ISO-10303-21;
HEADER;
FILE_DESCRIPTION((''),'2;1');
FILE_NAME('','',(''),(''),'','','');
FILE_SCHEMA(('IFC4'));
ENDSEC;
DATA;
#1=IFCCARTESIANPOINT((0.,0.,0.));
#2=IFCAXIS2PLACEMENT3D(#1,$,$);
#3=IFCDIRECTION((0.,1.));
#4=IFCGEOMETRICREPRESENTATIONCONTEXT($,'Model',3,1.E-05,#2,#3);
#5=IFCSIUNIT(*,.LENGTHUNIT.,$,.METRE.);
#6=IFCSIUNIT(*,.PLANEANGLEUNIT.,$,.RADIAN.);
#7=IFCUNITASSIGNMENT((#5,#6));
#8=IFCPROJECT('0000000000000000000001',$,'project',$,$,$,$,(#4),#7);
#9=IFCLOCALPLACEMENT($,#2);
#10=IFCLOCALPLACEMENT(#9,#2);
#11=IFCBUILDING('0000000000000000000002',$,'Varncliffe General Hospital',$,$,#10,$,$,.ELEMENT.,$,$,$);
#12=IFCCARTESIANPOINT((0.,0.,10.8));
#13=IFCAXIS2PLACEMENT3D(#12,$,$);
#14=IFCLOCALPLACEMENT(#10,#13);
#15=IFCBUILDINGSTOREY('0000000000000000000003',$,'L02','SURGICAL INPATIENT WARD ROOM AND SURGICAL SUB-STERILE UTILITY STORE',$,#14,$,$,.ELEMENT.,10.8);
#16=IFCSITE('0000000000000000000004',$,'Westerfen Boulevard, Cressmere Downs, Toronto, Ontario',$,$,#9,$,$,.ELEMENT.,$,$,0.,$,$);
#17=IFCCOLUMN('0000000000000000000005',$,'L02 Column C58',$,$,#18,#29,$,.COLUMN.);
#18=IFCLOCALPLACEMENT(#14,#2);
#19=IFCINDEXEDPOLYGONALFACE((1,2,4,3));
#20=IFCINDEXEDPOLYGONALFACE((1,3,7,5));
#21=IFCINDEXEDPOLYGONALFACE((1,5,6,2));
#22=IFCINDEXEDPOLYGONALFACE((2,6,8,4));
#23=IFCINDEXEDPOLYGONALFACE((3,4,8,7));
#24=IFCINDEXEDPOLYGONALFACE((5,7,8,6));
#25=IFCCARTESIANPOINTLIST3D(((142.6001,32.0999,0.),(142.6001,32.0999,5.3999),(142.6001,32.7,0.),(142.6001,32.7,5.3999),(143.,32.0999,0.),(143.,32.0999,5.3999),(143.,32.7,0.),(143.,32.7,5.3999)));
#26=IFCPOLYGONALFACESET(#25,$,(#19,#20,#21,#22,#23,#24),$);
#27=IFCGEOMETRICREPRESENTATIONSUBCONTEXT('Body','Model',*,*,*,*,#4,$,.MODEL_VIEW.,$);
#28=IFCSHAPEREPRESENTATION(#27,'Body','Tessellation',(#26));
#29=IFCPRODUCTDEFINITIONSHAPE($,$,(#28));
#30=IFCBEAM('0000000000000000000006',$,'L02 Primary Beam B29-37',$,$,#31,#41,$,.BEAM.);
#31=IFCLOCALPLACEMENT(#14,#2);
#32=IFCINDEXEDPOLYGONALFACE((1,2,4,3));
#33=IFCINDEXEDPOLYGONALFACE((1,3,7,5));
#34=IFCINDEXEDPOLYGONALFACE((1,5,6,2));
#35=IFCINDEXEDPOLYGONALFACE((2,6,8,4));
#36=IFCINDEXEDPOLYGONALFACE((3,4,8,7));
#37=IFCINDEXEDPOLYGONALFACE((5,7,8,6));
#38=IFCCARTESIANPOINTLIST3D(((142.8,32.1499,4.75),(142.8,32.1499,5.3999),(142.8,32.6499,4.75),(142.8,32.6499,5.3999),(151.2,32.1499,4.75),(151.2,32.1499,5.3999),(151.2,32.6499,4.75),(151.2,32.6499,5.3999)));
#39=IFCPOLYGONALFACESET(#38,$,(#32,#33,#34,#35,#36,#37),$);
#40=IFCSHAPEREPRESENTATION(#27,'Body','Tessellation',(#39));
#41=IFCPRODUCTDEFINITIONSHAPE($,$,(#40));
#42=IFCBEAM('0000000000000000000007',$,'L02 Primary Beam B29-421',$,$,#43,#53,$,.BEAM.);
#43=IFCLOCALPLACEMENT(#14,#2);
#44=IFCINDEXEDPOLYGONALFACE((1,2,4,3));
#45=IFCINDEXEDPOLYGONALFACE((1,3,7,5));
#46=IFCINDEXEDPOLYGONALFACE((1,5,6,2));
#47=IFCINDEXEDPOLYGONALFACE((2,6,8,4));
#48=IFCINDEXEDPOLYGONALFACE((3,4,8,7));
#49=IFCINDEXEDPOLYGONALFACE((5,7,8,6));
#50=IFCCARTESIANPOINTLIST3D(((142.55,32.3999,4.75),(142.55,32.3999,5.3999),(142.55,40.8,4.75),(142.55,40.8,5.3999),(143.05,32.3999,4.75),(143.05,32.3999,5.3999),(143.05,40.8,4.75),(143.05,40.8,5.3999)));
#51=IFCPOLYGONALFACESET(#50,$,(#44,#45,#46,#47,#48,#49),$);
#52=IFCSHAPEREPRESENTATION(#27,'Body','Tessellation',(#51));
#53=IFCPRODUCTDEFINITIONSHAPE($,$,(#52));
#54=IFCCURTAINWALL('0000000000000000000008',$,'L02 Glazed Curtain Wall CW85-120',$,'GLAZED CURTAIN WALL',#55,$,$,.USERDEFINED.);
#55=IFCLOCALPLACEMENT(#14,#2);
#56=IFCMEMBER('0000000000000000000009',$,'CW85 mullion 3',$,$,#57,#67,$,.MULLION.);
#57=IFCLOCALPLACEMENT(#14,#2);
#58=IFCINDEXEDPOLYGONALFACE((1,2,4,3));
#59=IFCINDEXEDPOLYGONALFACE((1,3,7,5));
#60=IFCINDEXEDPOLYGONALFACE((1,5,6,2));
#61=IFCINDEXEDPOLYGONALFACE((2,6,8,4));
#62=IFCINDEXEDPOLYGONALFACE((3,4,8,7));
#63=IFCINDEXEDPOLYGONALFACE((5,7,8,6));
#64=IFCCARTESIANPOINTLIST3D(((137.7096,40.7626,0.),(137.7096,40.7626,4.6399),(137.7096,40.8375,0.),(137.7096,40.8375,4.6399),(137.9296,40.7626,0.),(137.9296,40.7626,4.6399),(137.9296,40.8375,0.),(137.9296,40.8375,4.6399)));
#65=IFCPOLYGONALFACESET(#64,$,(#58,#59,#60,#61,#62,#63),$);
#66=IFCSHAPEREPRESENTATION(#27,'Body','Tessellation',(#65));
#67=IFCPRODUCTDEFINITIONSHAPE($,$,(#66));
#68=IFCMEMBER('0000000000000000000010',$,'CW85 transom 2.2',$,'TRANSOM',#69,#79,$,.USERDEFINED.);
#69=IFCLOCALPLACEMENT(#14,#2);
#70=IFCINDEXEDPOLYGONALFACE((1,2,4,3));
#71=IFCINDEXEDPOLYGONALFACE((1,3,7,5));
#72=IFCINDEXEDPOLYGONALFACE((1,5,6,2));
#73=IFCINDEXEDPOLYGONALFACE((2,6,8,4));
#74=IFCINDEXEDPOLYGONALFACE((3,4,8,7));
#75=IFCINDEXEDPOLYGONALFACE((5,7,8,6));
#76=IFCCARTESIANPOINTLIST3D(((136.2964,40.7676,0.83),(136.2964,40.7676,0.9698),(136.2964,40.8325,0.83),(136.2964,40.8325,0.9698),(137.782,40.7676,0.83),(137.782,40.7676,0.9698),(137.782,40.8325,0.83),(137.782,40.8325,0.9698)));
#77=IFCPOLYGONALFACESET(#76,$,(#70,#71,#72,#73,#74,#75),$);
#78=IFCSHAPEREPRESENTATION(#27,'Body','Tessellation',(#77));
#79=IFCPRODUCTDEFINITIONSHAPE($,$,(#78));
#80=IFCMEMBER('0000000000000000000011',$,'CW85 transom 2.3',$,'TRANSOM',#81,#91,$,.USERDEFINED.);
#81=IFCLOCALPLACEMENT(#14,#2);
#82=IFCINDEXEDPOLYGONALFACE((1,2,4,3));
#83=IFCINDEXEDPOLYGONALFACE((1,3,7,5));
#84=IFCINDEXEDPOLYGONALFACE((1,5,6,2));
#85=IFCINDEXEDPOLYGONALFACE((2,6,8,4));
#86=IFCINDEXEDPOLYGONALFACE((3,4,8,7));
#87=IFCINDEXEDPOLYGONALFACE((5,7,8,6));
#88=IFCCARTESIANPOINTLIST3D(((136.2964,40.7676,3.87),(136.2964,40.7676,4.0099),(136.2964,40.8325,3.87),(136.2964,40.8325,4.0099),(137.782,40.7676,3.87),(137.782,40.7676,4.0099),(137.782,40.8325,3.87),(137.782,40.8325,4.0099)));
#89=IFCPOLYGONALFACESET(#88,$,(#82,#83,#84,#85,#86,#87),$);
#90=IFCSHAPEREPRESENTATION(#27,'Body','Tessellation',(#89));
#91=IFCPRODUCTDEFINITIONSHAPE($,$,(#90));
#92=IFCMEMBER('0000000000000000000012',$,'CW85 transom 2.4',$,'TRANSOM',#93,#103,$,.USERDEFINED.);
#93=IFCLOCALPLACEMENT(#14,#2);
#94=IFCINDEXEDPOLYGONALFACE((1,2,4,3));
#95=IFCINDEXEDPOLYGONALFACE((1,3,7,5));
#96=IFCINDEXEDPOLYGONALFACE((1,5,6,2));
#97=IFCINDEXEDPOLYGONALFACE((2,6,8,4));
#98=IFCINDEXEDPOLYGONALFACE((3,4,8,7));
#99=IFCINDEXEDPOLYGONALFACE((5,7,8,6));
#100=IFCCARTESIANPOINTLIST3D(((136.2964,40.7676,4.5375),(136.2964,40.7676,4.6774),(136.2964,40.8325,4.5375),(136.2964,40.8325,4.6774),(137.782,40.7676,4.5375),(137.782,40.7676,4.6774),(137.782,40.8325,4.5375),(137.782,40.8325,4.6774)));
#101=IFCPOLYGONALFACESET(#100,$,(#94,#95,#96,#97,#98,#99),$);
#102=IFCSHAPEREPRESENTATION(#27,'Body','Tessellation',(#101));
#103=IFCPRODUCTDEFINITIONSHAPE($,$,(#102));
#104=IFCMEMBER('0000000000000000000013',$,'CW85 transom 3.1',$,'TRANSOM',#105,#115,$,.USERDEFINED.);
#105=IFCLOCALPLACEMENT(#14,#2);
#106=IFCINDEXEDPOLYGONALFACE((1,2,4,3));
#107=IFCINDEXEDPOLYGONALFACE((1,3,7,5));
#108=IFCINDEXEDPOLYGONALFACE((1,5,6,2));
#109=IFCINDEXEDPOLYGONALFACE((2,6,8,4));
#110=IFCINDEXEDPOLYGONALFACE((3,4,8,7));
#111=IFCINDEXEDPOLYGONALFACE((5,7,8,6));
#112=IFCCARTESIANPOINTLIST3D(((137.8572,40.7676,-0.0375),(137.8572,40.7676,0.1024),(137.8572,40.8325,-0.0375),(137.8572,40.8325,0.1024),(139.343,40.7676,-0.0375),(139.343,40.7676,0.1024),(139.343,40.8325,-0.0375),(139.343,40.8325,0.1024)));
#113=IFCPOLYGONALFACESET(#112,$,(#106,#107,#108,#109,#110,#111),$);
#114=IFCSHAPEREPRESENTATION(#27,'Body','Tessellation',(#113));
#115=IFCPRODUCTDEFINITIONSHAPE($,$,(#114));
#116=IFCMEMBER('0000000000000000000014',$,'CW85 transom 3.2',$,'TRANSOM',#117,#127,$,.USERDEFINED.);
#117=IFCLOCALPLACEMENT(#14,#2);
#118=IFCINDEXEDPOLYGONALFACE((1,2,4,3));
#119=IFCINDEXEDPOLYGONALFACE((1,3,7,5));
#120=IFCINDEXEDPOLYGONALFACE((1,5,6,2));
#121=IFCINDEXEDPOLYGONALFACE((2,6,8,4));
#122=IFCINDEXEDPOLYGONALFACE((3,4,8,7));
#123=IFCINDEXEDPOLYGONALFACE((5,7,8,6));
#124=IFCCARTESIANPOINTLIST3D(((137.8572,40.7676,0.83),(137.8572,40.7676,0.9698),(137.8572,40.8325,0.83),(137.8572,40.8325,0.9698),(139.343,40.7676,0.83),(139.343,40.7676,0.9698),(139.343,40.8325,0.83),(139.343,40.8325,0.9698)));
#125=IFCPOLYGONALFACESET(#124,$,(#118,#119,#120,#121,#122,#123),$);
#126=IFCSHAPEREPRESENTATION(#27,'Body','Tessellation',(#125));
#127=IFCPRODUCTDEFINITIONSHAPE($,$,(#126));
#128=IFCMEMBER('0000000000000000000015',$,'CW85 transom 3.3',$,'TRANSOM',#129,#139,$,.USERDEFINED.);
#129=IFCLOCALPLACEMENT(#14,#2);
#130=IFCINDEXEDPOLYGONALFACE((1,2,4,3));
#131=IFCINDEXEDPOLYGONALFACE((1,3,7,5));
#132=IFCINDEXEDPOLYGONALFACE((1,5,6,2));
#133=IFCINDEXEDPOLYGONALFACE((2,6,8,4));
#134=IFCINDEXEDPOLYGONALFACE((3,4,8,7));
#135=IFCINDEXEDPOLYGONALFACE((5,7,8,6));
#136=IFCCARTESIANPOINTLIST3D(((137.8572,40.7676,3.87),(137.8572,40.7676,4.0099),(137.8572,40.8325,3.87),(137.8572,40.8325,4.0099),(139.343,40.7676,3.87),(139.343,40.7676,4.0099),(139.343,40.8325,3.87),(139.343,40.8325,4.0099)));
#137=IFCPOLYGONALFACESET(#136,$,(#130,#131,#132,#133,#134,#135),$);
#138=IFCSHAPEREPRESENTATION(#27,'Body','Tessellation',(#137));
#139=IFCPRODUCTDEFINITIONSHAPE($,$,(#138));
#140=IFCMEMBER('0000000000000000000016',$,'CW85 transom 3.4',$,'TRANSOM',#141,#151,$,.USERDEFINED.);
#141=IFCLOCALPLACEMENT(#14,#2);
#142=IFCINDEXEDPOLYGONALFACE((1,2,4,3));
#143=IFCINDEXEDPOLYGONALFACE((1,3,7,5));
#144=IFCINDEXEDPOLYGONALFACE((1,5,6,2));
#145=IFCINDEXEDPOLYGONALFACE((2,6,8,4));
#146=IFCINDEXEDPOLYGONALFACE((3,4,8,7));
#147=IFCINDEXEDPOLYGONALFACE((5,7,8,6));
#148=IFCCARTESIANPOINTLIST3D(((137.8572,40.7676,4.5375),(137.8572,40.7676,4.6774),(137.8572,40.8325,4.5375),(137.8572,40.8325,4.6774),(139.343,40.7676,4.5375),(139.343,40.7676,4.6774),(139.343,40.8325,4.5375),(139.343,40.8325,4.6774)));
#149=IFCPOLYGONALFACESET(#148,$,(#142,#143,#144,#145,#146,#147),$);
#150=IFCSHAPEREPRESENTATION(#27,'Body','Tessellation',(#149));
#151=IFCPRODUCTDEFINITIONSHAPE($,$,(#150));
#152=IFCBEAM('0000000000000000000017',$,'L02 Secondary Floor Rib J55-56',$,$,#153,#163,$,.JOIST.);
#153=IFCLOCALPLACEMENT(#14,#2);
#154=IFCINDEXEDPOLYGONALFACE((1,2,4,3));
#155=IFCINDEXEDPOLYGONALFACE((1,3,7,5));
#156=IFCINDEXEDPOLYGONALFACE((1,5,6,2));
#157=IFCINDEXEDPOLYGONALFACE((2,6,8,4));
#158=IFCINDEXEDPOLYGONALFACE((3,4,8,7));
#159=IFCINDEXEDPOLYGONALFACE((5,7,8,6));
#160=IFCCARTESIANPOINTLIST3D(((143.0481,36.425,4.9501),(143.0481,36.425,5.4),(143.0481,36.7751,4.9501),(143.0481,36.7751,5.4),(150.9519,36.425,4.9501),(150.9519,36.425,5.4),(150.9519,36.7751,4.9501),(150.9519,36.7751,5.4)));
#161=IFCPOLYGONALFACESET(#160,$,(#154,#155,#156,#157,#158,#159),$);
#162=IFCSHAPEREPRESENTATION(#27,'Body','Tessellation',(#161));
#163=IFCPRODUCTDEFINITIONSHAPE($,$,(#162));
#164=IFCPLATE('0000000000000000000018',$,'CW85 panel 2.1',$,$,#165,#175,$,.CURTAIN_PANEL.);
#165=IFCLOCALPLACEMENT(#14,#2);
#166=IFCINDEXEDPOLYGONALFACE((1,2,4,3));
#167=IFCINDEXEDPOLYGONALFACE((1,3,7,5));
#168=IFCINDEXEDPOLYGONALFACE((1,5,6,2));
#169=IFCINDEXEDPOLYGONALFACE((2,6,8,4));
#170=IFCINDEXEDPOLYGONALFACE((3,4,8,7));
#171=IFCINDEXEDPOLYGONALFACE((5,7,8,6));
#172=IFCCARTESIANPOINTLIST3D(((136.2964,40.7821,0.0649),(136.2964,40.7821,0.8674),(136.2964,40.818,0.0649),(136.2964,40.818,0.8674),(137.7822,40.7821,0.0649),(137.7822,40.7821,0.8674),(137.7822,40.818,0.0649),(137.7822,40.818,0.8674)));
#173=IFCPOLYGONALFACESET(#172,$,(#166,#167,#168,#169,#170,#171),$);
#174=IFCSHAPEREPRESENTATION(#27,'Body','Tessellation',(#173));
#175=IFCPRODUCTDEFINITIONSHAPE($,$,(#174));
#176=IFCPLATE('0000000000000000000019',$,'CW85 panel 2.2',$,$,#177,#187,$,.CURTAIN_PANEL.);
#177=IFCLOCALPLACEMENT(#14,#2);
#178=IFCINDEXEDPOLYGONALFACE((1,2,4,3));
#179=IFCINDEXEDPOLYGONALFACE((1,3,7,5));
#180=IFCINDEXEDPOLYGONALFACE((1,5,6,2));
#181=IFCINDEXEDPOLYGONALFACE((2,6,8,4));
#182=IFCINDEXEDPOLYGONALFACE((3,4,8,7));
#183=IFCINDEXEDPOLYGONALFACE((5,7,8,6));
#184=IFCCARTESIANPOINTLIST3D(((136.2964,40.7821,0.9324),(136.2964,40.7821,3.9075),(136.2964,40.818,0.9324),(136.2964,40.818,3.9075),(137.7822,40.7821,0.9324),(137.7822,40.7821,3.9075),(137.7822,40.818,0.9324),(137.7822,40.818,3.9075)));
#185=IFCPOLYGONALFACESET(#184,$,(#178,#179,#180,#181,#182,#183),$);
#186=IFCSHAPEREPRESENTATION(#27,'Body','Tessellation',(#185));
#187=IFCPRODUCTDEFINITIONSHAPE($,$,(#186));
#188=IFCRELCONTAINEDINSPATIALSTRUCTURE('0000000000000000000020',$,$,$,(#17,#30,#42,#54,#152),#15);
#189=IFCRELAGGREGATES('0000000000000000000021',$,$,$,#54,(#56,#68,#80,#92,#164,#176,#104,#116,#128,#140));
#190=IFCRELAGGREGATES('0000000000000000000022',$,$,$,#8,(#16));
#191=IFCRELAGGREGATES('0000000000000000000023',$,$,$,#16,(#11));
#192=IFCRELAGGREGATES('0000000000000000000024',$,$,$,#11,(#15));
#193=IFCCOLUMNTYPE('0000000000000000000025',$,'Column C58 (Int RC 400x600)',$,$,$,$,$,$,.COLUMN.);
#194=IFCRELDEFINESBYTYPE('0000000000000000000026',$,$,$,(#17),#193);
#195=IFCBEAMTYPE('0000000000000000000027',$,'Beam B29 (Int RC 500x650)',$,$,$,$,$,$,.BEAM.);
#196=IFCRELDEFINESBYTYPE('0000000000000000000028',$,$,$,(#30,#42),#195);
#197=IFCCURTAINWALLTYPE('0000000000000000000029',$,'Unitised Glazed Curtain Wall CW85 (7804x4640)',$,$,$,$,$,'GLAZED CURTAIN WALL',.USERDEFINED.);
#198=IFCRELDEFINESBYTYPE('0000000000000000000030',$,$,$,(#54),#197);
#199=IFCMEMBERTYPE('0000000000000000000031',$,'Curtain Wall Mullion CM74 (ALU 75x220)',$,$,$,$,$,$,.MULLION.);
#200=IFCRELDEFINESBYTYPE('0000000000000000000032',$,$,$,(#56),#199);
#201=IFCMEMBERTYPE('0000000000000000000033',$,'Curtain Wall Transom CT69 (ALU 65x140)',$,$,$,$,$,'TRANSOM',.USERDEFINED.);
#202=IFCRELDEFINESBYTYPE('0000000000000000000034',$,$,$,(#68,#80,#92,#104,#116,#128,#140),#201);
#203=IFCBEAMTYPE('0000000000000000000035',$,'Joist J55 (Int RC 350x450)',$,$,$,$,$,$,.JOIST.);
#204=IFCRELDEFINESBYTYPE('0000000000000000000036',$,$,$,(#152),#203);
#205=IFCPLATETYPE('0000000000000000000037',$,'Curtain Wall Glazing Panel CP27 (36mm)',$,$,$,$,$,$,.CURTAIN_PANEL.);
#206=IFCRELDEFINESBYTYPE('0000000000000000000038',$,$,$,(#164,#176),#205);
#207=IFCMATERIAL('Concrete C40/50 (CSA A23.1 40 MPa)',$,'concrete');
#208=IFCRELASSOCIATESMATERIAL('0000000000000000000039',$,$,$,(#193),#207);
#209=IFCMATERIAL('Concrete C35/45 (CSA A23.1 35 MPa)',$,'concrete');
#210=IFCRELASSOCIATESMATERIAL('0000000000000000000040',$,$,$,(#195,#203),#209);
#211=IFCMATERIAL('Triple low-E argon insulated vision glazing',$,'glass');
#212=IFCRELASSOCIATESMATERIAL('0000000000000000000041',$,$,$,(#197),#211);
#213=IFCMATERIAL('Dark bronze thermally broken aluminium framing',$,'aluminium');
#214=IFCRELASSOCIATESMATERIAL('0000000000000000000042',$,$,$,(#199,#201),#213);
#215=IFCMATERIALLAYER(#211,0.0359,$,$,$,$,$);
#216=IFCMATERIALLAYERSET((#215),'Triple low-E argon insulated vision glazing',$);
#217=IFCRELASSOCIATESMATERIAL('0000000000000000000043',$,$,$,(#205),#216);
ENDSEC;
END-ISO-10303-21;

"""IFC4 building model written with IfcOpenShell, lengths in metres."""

from ifc_helpers import new_model, si_unit, direction, frame, origin, origin_2d, place, context, subcontext, project, spatial, rectangle, extrude, material, layer, layer_set, material_profile, profile_set, type_object, element, aggregate, save


model = new_model("IFC4")

# Units and contexts
model_context = context("Model", 3, precision=1e-05, world=origin(), true_north=direction((0.0, 1.0)))
body_context = subcontext(model_context, "Body", "Model", "MODEL_VIEW")
ifc_project = project(units=[si_unit("LENGTHUNIT", "METRE"), si_unit("PLANEANGLEUNIT", "RADIAN")], contexts=[model_context])

# Site, building, storey
site_placement = place(None, origin())
site = spatial("IfcSite", under=ifc_project, at=site_placement, Name="Westerfen Boulevard, Cressmere Downs, Toronto, Ontario", CompositionType="ELEMENT", RefElevation=0.0)
building_placement = place(site_placement, origin())
building = spatial("IfcBuilding", under=site, at=building_placement, Name="Varncliffe General Hospital", CompositionType="ELEMENT")
storey_placement = place(building_placement, frame((0.0, 0.0, 10.8)))
storey = spatial("IfcBuildingStorey", under=building, at=storey_placement, Name="L02", Description="SURGICAL INPATIENT WARD ROOM AND SURGICAL SUB-STERILE UTILITY STORE", CompositionType="ELEMENT", Elevation=10.8)

# Column
ifc_material_1 = material(Name="Concrete C40/50 (CSA A23.1 40 MPa)", Category="concrete")
ifc_material_profile_1 = material_profile(ifc_material_1, rectangle(XDim=0.3999, YDim=0.6001, at=origin_2d()), Name="RC 400x600")
ifc_profile_set_1 = profile_set([ifc_material_profile_1], Name="Concrete C40/50 (CSA A23.1 40 MPa)")
column_type = type_object("IfcColumnType", Name="Column C58 (Int RC 400x600)", PredefinedType="COLUMN", material=ifc_profile_set_1)
column_placement = place(storey_placement, frame((142.8, 32.3999, 0.0), z_axis=(0.0, 0.0, 1.0), x_axis=(1.0, 0.0, 0.0)))
element("IfcColumn", 1, at=column_placement, inside=storey, type_object=column_type, Name="L02 Column C58", PredefinedType="COLUMN", context=body_context, shape_type="SweptSolid", body=[
    extrude(rectangle(XDim=0.3999, YDim=0.6001, at=origin_2d()), origin(), (0.0, 0.0, 1.0), 5.3999),
])

# Beams
ifc_material_2 = material(Name="Concrete C35/45 (CSA A23.1 35 MPa)", Category="concrete")
ifc_material_profile_2 = material_profile(ifc_material_2, rectangle(XDim=0.5, YDim=0.6499, at=origin_2d()), Name="RC 500x650")
ifc_profile_set_2 = profile_set([ifc_material_profile_2], Name="Concrete C35/45 (CSA A23.1 35 MPa)")
beam_type_1 = type_object("IfcBeamType", Name="Beam B29 (Int RC 500x650)", PredefinedType="BEAM", material=ifc_profile_set_2)
beam_1_placement = place(storey_placement, frame((142.8, 32.3999, 5.075), z_axis=(1.0, 0.0, 0.0), x_axis=(0.0, 1.0, 0.0)))
element("IfcBeam", 2, at=beam_1_placement, inside=storey, type_object=beam_type_1, Name="L02 Primary Beam B29-37", PredefinedType="BEAM", context=body_context, shape_type="SweptSolid", body=[
    extrude(rectangle(XDim=0.5, YDim=0.6499, at=origin_2d()), origin(), (0.0, 0.0, 1.0), 8.3999),
])
beam_2_placement = place(storey_placement, frame((142.8, 32.3999, 5.075), z_axis=(0.0, 1.0, 0.0), x_axis=(-1.0, 0.0, 0.0)))
element("IfcBeam", 3, at=beam_2_placement, inside=storey, type_object=beam_type_1, Name="L02 Primary Beam B29-421", PredefinedType="BEAM", context=body_context, shape_type="SweptSolid", body=[
    extrude(rectangle(XDim=0.5, YDim=0.6499, at=origin_2d()), origin(), (0.0, 0.0, 1.0), 8.4001),
])

# Curtain wall, members
ifc_material_3 = material(Name="Triple low-E argon insulated vision glazing", Category="glass")
curtain_wall_type = type_object("IfcCurtainWallType", Name="Unitised Glazed Curtain Wall CW85 (7804x4640)", ElementType="GLAZED CURTAIN WALL", PredefinedType="USERDEFINED", material=ifc_material_3)
curtain_wall_placement = place(storey_placement, origin())
curtain_wall = element("IfcCurtainWall", 4, at=curtain_wall_placement, inside=storey, type_object=curtain_wall_type, Name="L02 Glazed Curtain Wall CW85-120", ObjectType="GLAZED CURTAIN WALL", PredefinedType="USERDEFINED")
ifc_material_4 = material(Name="Dark bronze thermally broken aluminium framing", Category="aluminium")
ifc_material_profile_3 = material_profile(ifc_material_4, rectangle(XDim=0.075, YDim=0.22, at=origin_2d()), Name="ALU 75x220")
ifc_profile_set_3 = profile_set([ifc_material_profile_3], Name="Dark bronze thermally broken aluminium framing")
member_type_1 = type_object("IfcMemberType", Name="Curtain Wall Mullion CM74 (ALU 75x220)", PredefinedType="MULLION", material=ifc_profile_set_3)
member_1_placement = place(storey_placement, frame((137.8196, 40.8, 0.0), z_axis=(0.0, 0.0, 1.0), x_axis=(0.0, 1.0, 0.0)))
member_1 = element("IfcMember", 5, at=member_1_placement, type_object=member_type_1, Name="CW85 mullion 3", PredefinedType="MULLION", context=body_context, shape_type="SweptSolid", body=[
    extrude(rectangle(XDim=0.075, YDim=0.22, at=origin_2d()), origin(), (0.0, 0.0, 1.0), 4.6399),
])
ifc_material_profile_4 = material_profile(ifc_material_4, rectangle(XDim=0.0649, YDim=0.1399, at=origin_2d()), Name="ALU 65x140")
ifc_profile_set_4 = profile_set([ifc_material_profile_4], Name="Dark bronze thermally broken aluminium framing")
member_type_2 = type_object("IfcMemberType", Name="Curtain Wall Transom CT69 (ALU 65x140)", ElementType="TRANSOM", PredefinedType="USERDEFINED", material=ifc_profile_set_4)
member_2_placement = place(storey_placement, frame((136.2964, 40.8, 0.8999), z_axis=(1.0, 0.0, 0.0), x_axis=(0.0, 1.0, 0.0)))
member_2 = element("IfcMember", 6, at=member_2_placement, type_object=member_type_2, Name="CW85 transom 2.2", ObjectType="TRANSOM", PredefinedType="USERDEFINED", context=body_context, shape_type="SweptSolid", body=[
    extrude(rectangle(XDim=0.0649, YDim=0.1399, at=origin_2d()), origin(), (0.0, 0.0, 1.0), 1.4856),
])
member_3_placement = place(storey_placement, frame((136.2964, 40.8, 3.9399), z_axis=(1.0, 0.0, 0.0), x_axis=(0.0, 1.0, 0.0)))
member_3 = element("IfcMember", 7, at=member_3_placement, type_object=member_type_2, Name="CW85 transom 2.3", ObjectType="TRANSOM", PredefinedType="USERDEFINED", context=body_context, shape_type="SweptSolid", body=[
    extrude(rectangle(XDim=0.0649, YDim=0.1399, at=origin_2d()), origin(), (0.0, 0.0, 1.0), 1.4856),
])
member_4_placement = place(storey_placement, frame((136.2964, 40.8, 4.6074), z_axis=(1.0, 0.0, 0.0), x_axis=(0.0, 1.0, 0.0)))
member_4 = element("IfcMember", 8, at=member_4_placement, type_object=member_type_2, Name="CW85 transom 2.4", ObjectType="TRANSOM", PredefinedType="USERDEFINED", context=body_context, shape_type="SweptSolid", body=[
    extrude(rectangle(XDim=0.0649, YDim=0.1399, at=origin_2d()), origin(), (0.0, 0.0, 1.0), 1.4856),
])
member_5_placement = place(storey_placement, frame((137.8572, 40.8, 0.0325), z_axis=(1.0, 0.0, 0.0), x_axis=(0.0, 1.0, 0.0)))
member_5 = element("IfcMember", 9, at=member_5_placement, type_object=member_type_2, Name="CW85 transom 3.1", ObjectType="TRANSOM", PredefinedType="USERDEFINED", context=body_context, shape_type="SweptSolid", body=[
    extrude(rectangle(XDim=0.0649, YDim=0.1399, at=origin_2d()), origin(), (0.0, 0.0, 1.0), 1.4858),
])
member_6_placement = place(storey_placement, frame((137.8572, 40.8, 0.8999), z_axis=(1.0, 0.0, 0.0), x_axis=(0.0, 1.0, 0.0)))
member_6 = element("IfcMember", 10, at=member_6_placement, type_object=member_type_2, Name="CW85 transom 3.2", ObjectType="TRANSOM", PredefinedType="USERDEFINED", context=body_context, shape_type="SweptSolid", body=[
    extrude(rectangle(XDim=0.0649, YDim=0.1399, at=origin_2d()), origin(), (0.0, 0.0, 1.0), 1.4858),
])
member_7_placement = place(storey_placement, frame((137.8572, 40.8, 3.9399), z_axis=(1.0, 0.0, 0.0), x_axis=(0.0, 1.0, 0.0)))
member_7 = element("IfcMember", 11, at=member_7_placement, type_object=member_type_2, Name="CW85 transom 3.3", ObjectType="TRANSOM", PredefinedType="USERDEFINED", context=body_context, shape_type="SweptSolid", body=[
    extrude(rectangle(XDim=0.0649, YDim=0.1399, at=origin_2d()), origin(), (0.0, 0.0, 1.0), 1.4858),
])
member_8_placement = place(storey_placement, frame((137.8572, 40.8, 4.6074), z_axis=(1.0, 0.0, 0.0), x_axis=(0.0, 1.0, 0.0)))
member_8 = element("IfcMember", 12, at=member_8_placement, type_object=member_type_2, Name="CW85 transom 3.4", ObjectType="TRANSOM", PredefinedType="USERDEFINED", context=body_context, shape_type="SweptSolid", body=[
    extrude(rectangle(XDim=0.0649, YDim=0.1399, at=origin_2d()), origin(), (0.0, 0.0, 1.0), 1.4858),
])

# Beam
ifc_material_profile_5 = material_profile(ifc_material_2, rectangle(XDim=0.3501, YDim=0.45, at=origin_2d()), Name="RC 350x450")
ifc_profile_set_5 = profile_set([ifc_material_profile_5], Name="Concrete C35/45 (CSA A23.1 35 MPa)")
beam_type_2 = type_object("IfcBeamType", Name="Joist J55 (Int RC 350x450)", PredefinedType="JOIST", material=ifc_profile_set_5)
beam_3_placement = place(storey_placement, frame((143.0481, 36.6001, 5.175), z_axis=(1.0, 0.0, 0.0), x_axis=(0.0, 1.0, 0.0)))
element("IfcBeam", 13, at=beam_3_placement, inside=storey, type_object=beam_type_2, Name="L02 Secondary Floor Rib J55-56", PredefinedType="JOIST", context=body_context, shape_type="SweptSolid", body=[
    extrude(rectangle(XDim=0.3501, YDim=0.45, at=origin_2d()), origin(), (0.0, 0.0, 1.0), 7.9038),
])

# Plates
ifc_layer_1 = layer(ifc_material_3, 0.0359)
ifc_layer_set_1 = layer_set([ifc_layer_1], Name="Triple low-E argon insulated vision glazing")
plate_type = type_object("IfcPlateType", Name="Curtain Wall Glazing Panel CP27 (36mm)", PredefinedType="CURTAIN_PANEL", material=ifc_layer_set_1)
plate_1_placement = place(storey_placement, frame((137.0393, 40.8, 0.0649), z_axis=(0.0, 0.0, 1.0), x_axis=(1.0, 0.0, 0.0)))
plate_1 = element("IfcPlate", 14, at=plate_1_placement, type_object=plate_type, Name="CW85 panel 2.1", PredefinedType="CURTAIN_PANEL", context=body_context, shape_type="SweptSolid", body=[
    extrude(rectangle(XDim=1.4858, YDim=0.0359, at=origin_2d()), origin(), (0.0, 0.0, 1.0), 0.8025),
])
plate_2_placement = place(storey_placement, frame((137.0393, 40.8, 0.9324), z_axis=(0.0, 0.0, 1.0), x_axis=(1.0, 0.0, 0.0)))
plate_2 = element("IfcPlate", 15, at=plate_2_placement, type_object=plate_type, Name="CW85 panel 2.2", PredefinedType="CURTAIN_PANEL", context=body_context, shape_type="SweptSolid", body=[
    extrude(rectangle(XDim=1.4858, YDim=0.0359, at=origin_2d()), origin(), (0.0, 0.0, 1.0), 2.9751),
])
aggregate(curtain_wall, [member_1, member_2, member_3, member_4, plate_1, plate_2, member_5, member_6, member_7, member_8])

save(model, "model.ifc")
